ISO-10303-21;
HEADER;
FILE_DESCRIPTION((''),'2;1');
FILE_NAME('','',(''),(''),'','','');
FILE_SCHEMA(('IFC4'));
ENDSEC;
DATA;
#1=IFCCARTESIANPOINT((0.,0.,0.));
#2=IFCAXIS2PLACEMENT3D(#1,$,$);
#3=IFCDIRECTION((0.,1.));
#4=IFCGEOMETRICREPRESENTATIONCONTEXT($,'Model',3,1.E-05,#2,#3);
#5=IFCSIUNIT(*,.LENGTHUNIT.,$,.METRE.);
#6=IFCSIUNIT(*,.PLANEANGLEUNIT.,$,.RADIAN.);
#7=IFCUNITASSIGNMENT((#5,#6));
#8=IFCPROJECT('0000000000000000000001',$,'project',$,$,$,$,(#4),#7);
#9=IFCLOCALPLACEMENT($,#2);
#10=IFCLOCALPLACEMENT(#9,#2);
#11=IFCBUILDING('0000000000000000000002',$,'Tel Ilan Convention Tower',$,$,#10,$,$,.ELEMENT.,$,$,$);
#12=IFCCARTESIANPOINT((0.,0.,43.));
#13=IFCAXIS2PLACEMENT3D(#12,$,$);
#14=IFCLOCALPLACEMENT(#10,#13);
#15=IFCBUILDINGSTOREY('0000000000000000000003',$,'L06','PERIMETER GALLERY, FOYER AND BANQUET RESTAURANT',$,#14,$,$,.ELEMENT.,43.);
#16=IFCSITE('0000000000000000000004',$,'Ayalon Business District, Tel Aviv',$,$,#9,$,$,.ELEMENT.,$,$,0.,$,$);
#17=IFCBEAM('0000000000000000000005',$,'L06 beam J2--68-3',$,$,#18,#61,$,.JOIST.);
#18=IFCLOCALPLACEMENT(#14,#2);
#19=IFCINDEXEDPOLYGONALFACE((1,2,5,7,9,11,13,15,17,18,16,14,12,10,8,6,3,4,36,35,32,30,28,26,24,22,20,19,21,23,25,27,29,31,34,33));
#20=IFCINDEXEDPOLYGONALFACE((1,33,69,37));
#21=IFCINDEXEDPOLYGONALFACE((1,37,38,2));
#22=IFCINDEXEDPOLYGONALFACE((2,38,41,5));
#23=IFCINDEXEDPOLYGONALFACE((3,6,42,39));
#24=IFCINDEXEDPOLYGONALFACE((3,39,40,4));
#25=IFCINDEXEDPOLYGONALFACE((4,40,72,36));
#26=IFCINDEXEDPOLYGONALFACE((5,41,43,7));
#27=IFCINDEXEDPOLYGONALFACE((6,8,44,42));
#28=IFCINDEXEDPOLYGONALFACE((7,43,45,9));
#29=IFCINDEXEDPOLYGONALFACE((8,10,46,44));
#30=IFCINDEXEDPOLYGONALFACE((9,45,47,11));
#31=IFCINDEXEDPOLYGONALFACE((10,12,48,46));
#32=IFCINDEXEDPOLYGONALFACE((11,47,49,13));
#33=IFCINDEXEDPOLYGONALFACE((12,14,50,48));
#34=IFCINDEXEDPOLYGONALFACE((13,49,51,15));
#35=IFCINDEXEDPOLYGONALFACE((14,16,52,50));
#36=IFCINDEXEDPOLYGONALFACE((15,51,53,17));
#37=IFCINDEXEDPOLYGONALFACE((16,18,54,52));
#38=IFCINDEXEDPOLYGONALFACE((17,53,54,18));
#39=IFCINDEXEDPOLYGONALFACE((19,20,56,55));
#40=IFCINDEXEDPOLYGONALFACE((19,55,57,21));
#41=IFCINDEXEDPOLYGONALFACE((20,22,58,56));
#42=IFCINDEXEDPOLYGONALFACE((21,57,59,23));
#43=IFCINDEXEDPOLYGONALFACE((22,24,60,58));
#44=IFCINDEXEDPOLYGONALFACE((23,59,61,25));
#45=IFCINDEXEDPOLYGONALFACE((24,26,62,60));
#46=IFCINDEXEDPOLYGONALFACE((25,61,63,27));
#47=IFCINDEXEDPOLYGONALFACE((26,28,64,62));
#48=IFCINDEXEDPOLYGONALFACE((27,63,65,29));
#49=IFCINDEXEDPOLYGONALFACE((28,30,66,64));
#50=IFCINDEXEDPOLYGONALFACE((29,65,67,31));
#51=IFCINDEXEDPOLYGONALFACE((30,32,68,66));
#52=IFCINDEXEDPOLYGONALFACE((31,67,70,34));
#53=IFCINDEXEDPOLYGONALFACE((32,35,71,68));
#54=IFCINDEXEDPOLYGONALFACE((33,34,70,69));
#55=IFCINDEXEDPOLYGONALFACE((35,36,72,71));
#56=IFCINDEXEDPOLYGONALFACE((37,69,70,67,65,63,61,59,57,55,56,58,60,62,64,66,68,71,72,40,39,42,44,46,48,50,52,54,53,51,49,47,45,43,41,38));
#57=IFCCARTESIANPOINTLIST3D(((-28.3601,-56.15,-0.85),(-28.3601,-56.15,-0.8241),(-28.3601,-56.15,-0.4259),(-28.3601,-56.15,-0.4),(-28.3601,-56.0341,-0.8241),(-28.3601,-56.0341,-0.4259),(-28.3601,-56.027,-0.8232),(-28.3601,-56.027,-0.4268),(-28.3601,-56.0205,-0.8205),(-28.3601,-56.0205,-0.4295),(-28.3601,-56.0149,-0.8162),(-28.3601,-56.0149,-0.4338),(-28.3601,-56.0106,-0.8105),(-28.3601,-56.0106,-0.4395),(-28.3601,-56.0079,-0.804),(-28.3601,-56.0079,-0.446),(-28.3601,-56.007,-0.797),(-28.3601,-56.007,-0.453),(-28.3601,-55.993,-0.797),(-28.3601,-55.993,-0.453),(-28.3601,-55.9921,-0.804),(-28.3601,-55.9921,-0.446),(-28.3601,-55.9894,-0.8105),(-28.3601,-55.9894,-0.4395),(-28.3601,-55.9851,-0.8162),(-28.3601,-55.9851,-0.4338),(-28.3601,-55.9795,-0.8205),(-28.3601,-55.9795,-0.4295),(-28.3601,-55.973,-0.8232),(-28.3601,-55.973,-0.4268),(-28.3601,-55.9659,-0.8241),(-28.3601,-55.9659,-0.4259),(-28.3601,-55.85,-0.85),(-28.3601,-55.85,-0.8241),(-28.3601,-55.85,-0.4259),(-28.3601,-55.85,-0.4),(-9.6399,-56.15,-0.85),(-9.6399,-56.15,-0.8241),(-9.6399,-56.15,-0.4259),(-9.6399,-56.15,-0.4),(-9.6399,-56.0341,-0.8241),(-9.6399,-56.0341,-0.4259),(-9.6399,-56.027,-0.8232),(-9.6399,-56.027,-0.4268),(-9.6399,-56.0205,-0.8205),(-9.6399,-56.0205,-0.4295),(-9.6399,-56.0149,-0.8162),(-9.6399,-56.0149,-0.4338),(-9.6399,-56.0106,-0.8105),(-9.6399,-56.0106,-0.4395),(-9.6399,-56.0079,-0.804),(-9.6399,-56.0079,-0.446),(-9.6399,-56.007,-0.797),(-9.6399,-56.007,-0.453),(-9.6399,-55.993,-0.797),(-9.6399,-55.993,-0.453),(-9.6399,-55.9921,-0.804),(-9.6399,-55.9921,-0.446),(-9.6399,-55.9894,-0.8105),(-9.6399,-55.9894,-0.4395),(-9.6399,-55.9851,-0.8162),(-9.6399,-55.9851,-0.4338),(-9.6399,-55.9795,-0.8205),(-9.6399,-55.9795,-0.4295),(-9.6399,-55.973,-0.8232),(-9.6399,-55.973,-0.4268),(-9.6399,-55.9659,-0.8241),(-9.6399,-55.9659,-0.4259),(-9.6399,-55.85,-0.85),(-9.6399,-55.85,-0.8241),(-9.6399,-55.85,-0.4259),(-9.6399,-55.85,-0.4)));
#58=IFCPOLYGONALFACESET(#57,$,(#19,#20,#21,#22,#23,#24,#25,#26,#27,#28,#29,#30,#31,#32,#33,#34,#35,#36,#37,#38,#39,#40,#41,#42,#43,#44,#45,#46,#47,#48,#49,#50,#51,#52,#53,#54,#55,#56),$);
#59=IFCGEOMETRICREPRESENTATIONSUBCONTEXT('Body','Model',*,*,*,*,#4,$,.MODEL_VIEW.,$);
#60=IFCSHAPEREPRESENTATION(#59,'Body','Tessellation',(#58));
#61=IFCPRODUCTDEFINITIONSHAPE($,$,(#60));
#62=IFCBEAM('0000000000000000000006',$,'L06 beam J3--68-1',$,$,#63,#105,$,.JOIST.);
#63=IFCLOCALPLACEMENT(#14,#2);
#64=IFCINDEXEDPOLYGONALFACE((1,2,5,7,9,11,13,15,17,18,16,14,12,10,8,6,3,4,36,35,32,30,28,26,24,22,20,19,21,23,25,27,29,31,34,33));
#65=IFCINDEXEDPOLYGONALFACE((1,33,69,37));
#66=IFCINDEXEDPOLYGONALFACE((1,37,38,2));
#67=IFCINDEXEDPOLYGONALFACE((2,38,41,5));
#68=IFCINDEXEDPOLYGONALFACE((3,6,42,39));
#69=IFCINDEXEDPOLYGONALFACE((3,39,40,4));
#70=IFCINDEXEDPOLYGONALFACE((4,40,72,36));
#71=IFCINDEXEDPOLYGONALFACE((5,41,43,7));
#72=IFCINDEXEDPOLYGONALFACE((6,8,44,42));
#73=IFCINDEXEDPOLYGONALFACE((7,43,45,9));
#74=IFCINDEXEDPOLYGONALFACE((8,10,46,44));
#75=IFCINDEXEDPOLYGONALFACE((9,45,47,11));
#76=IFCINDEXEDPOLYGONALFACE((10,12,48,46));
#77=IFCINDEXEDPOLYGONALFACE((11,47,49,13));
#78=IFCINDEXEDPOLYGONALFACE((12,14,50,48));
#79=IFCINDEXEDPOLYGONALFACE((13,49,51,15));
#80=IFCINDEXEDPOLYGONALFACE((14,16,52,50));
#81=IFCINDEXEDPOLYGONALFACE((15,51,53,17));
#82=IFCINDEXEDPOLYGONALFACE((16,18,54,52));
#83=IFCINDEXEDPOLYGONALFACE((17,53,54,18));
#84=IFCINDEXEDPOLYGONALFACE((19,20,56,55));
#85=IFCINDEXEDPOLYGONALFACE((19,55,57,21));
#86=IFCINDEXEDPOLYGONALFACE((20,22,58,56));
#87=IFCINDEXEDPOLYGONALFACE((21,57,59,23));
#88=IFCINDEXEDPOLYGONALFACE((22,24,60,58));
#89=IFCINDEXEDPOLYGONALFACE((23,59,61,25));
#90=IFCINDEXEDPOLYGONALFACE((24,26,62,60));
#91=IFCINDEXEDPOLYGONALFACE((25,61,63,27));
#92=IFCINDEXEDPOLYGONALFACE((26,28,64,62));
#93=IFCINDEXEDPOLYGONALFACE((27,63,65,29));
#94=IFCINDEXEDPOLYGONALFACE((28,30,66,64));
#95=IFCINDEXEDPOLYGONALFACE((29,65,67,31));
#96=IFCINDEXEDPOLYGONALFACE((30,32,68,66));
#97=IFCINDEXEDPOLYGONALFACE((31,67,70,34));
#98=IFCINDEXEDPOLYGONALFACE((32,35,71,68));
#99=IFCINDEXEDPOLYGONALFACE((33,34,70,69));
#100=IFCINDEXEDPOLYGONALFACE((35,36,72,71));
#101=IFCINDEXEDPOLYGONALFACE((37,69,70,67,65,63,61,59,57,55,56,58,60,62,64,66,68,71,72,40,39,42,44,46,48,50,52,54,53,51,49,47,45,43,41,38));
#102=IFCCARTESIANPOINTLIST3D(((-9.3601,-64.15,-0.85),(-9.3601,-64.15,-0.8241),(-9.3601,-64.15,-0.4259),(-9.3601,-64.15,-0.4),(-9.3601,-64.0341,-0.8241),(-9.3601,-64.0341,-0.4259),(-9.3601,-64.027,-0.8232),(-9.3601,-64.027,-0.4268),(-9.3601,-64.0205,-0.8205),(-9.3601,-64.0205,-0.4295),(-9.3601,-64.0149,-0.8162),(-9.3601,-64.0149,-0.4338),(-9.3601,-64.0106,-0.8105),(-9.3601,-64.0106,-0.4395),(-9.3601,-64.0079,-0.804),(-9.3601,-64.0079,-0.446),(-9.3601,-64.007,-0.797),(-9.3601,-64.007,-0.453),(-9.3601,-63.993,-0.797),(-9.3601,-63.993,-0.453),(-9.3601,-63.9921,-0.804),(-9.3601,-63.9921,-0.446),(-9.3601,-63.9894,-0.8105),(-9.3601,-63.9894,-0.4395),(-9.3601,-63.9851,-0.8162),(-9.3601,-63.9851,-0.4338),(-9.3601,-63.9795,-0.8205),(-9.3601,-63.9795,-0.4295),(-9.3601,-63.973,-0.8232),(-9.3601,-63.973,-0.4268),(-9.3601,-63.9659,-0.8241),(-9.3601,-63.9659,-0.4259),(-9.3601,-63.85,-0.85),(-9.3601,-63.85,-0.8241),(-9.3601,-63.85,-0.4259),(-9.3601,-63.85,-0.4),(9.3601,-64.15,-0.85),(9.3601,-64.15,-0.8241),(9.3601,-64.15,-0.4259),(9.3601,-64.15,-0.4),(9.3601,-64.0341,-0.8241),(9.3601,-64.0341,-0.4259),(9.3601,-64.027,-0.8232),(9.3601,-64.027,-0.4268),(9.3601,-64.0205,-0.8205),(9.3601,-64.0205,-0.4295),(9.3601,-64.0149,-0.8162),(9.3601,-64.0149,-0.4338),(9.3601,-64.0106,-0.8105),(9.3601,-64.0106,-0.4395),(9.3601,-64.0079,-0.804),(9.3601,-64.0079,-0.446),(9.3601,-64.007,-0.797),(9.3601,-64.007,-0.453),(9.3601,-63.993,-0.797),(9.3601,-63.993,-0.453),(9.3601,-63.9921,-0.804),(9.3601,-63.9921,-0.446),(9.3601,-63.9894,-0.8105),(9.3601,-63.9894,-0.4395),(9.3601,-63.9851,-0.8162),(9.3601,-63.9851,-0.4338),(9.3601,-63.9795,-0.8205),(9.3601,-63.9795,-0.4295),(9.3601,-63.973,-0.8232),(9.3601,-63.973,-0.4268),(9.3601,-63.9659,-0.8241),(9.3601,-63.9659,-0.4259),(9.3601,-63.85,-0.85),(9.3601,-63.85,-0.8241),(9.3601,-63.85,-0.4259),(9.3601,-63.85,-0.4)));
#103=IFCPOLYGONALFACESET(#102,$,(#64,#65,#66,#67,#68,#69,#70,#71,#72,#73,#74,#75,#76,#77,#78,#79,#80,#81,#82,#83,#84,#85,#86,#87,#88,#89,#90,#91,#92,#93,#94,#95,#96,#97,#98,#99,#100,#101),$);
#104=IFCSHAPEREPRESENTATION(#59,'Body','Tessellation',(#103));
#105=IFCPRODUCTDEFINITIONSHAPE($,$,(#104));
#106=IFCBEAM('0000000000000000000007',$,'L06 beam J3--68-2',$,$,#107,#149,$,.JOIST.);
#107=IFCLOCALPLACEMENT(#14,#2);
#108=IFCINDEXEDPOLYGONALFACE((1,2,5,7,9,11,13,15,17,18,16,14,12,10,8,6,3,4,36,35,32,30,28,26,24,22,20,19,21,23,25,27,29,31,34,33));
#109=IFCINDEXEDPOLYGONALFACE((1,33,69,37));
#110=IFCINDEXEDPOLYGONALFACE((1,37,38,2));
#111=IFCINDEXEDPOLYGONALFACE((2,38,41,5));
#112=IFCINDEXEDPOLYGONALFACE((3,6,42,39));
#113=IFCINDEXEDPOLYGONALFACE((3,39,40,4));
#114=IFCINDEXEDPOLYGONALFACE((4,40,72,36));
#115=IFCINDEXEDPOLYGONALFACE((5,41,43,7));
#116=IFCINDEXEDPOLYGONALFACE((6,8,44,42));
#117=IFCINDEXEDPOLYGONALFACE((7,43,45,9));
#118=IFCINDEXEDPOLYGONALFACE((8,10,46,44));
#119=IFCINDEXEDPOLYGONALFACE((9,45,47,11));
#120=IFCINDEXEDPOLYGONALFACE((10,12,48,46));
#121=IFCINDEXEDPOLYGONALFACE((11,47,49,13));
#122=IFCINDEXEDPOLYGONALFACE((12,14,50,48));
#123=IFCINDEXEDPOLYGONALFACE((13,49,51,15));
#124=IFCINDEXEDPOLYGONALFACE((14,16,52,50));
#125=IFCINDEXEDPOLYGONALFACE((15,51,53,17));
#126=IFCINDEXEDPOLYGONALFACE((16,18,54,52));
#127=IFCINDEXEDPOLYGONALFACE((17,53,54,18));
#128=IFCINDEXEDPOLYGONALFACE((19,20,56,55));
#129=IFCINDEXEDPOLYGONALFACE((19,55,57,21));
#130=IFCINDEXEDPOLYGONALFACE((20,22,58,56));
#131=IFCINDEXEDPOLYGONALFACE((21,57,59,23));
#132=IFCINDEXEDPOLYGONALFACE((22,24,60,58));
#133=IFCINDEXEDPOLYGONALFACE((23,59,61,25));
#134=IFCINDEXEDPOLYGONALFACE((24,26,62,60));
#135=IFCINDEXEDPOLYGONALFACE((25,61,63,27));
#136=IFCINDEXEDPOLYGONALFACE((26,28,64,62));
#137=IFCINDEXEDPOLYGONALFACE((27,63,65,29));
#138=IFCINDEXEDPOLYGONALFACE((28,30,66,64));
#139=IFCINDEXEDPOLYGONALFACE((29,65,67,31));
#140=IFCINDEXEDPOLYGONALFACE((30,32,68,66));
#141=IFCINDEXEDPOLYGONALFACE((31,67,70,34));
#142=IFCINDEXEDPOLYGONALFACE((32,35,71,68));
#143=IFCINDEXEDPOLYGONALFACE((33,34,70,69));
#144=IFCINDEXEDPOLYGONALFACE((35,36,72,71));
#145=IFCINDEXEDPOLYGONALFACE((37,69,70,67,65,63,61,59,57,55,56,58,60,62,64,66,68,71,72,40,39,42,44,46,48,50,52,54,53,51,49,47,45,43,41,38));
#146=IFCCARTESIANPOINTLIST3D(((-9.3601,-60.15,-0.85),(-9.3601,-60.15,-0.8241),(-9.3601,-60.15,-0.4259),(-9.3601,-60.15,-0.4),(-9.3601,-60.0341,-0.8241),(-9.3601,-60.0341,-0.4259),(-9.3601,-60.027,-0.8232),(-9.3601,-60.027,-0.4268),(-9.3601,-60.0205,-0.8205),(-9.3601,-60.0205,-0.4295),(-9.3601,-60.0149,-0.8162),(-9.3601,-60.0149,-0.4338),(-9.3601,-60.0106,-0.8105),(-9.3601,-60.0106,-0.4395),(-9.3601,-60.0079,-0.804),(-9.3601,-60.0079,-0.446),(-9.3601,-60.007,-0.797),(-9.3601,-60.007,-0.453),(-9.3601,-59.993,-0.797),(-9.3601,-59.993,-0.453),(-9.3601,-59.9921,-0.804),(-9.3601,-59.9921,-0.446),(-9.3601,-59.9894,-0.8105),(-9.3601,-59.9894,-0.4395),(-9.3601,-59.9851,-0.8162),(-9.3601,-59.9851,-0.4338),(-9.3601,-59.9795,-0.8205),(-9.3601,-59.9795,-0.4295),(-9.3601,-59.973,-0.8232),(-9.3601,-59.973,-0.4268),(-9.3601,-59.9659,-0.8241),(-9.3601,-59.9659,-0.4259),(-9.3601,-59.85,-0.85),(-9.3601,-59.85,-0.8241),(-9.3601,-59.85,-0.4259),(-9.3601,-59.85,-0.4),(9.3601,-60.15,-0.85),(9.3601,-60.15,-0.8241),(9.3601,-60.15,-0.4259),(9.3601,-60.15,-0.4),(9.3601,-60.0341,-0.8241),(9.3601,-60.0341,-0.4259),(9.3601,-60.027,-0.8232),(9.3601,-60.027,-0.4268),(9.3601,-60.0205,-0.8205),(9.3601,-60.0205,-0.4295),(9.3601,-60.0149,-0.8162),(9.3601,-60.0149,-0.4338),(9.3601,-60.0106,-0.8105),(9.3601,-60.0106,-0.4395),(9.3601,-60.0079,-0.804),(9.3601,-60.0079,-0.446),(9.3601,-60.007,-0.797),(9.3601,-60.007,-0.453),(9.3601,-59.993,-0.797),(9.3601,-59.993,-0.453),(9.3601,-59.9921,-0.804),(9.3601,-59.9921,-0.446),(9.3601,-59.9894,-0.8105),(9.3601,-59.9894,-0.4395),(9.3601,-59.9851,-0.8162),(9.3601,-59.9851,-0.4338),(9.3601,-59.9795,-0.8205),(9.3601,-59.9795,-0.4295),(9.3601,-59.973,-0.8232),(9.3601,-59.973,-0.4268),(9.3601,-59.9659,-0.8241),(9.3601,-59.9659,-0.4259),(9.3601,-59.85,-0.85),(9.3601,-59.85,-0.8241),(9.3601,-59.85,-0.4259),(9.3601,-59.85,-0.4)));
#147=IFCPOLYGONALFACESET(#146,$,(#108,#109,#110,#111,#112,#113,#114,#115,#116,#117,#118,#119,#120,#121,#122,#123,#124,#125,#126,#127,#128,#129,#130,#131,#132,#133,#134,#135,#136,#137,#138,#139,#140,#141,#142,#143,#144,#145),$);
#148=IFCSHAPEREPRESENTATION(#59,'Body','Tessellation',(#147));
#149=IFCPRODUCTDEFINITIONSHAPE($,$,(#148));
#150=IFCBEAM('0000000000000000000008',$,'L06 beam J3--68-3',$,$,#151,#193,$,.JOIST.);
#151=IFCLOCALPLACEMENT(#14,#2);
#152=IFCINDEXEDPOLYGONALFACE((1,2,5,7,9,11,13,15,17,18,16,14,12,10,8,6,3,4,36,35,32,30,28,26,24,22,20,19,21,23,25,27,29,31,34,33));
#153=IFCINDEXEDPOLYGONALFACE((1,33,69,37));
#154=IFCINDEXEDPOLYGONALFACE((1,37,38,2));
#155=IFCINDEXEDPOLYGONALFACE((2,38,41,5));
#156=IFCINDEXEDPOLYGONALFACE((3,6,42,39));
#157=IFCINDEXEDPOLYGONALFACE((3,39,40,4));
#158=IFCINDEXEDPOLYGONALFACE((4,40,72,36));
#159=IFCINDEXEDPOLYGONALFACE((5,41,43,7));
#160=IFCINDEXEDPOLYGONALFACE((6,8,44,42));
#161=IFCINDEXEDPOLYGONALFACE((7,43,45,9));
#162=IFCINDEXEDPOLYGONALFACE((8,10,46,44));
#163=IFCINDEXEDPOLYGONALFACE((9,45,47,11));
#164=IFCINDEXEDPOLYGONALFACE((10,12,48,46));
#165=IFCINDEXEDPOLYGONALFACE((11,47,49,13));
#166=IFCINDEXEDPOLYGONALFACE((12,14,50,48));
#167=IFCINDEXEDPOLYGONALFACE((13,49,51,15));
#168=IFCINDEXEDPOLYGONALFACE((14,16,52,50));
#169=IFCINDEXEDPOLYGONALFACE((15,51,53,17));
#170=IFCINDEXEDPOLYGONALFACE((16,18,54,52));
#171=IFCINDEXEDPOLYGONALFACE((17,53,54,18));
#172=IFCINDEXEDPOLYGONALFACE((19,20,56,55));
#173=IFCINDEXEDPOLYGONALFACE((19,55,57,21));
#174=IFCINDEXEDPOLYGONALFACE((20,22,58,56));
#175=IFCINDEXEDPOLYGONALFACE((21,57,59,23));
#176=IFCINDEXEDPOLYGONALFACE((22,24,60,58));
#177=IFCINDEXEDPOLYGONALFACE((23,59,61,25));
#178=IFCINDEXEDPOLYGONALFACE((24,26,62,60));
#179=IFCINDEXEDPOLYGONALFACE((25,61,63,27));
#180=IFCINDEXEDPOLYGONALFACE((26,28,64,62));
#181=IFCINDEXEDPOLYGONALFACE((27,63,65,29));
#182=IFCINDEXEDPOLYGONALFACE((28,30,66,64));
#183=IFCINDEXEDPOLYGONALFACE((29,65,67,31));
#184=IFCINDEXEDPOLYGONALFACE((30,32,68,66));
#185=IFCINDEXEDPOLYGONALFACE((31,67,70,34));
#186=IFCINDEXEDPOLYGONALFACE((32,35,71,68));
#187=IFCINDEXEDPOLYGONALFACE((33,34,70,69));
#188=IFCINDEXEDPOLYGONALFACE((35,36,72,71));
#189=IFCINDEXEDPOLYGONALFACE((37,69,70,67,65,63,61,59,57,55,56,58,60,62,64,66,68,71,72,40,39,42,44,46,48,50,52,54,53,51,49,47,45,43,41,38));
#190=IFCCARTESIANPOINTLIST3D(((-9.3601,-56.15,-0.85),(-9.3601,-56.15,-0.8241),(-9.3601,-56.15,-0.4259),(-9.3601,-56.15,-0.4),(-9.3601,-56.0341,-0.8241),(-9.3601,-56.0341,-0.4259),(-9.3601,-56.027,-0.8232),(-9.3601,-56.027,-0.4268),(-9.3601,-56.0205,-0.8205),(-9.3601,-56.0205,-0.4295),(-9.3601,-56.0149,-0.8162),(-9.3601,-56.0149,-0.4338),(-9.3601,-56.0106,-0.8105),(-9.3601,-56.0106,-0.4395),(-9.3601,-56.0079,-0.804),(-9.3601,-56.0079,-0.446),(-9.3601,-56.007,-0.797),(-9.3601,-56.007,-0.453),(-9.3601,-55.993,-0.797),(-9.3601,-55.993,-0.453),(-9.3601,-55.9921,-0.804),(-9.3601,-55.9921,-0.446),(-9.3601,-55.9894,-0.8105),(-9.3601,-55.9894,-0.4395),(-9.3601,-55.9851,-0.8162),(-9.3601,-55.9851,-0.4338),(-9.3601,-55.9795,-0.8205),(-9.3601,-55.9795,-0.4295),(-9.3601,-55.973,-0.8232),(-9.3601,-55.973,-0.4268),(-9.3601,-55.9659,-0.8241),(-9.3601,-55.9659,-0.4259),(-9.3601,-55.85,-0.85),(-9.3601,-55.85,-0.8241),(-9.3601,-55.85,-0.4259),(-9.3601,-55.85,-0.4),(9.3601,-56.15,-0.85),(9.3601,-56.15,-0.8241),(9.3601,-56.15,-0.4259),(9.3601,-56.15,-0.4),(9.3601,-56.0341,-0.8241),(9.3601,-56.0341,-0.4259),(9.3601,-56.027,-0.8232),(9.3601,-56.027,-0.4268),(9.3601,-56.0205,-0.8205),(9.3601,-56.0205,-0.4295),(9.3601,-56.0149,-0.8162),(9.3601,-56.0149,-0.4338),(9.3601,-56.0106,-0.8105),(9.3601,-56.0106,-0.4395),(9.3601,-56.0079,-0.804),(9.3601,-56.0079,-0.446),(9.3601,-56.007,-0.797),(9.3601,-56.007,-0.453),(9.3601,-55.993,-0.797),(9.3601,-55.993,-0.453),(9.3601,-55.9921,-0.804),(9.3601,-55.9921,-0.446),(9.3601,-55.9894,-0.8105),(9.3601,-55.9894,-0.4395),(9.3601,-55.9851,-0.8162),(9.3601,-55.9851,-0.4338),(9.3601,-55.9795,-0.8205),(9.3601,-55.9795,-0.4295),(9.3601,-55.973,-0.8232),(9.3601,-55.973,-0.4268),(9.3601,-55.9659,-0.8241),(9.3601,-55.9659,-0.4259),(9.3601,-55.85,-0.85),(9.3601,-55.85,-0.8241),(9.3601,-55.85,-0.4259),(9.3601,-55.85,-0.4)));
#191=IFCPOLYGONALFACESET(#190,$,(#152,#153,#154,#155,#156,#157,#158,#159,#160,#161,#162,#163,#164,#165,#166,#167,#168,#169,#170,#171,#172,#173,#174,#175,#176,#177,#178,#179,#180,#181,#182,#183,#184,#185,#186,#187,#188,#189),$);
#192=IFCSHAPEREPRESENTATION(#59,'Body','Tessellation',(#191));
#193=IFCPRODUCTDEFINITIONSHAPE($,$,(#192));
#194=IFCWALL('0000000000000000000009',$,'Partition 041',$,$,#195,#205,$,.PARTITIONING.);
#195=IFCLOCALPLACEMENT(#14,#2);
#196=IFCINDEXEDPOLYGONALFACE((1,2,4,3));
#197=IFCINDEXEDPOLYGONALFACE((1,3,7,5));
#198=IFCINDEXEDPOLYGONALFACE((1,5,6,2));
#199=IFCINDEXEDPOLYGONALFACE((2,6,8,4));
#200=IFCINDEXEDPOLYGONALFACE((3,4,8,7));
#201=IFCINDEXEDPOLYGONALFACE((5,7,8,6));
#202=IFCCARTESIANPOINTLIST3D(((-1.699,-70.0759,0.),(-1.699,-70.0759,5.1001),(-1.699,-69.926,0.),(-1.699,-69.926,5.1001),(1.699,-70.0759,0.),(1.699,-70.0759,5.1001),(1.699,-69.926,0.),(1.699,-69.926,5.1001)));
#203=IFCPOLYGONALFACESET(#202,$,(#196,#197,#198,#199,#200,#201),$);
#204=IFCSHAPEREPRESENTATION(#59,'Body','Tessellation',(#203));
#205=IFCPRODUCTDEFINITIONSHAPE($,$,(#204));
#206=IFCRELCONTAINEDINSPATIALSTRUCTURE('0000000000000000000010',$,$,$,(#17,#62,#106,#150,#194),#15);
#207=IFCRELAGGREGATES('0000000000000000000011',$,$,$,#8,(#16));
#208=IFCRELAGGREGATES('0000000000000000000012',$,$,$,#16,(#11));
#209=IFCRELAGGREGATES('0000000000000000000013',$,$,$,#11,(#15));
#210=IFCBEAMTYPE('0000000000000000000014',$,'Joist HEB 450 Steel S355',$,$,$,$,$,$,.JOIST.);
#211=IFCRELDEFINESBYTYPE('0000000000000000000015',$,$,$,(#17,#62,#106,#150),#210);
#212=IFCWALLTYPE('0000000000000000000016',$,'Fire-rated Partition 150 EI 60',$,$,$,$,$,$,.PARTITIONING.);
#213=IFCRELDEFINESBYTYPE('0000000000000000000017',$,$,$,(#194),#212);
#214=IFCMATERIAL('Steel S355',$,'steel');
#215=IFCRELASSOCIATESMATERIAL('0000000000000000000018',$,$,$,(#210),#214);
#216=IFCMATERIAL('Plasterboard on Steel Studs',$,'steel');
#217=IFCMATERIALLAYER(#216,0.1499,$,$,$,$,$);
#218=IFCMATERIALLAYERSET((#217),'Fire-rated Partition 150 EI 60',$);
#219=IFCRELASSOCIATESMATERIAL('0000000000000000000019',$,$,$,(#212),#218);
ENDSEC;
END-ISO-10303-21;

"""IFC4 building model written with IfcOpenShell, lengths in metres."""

from ifc_helpers import new_model, si_unit, direction, frame, frame_2d, origin, origin_2d, place, context, subcontext, project, spatial, rectangle, i_section, extrude, material, layer, layer_set, material_profile, profile_set, type_object, element, save


model = new_model("IFC4")

# Units and contexts
model_context = context("Model", 3, precision=1e-05, world=origin(), true_north=direction((0.0, 1.0)))
body_context = subcontext(model_context, "Body", "Model", "MODEL_VIEW")
ifc_project = project(units=[si_unit("LENGTHUNIT", "METRE"), si_unit("PLANEANGLEUNIT", "RADIAN")], contexts=[model_context])

# Site, building, storey
site_placement = place(None, origin())
site = spatial("IfcSite", under=ifc_project, at=site_placement, Name="Ayalon Business District, Tel Aviv", CompositionType="ELEMENT", RefElevation=0.0)
building_placement = place(site_placement, origin())
building = spatial("IfcBuilding", under=site, at=building_placement, Name="Tel Ilan Convention Tower", CompositionType="ELEMENT")
storey_placement = place(building_placement, frame((0.0, 0.0, 43.0)))
storey = spatial("IfcBuildingStorey", under=building, at=storey_placement, Name="L06", Description="PERIMETER GALLERY, FOYER AND BANQUET RESTAURANT", CompositionType="ELEMENT", Elevation=43.0)

# Beams
ifc_material_1 = material(Name="Steel S355", Category="steel")
ifc_material_profile_1 = material_profile(ifc_material_1, i_section(OverallWidth=0.3, OverallDepth=0.45, WebThickness=0.0139, FlangeThickness=0.0259, FilletRadius=0.0271, at=origin_2d()), Name="HEB 450")
ifc_profile_set_1 = profile_set([ifc_material_profile_1], Name="Steel S355")
beam_type_1 = type_object("IfcBeamType", Name="Joist HEB 450 Steel S355", PredefinedType="JOIST", material=ifc_profile_set_1)
for number, where, z_axis, x_axis, name in (
    (1, (-28.3601, -56.0, -0.625), (1.0, 0.0, 0.0), (0.0, 1.0, 0.0), "L06 beam J2--68-3"),
    (2, (-9.3601, -64.0, -0.625), (1.0, 0.0, 0.0), (0.0, 1.0, 0.0), "L06 beam J3--68-1"),
    (3, (-9.3601, -60.0, -0.625), (1.0, 0.0, 0.0), (0.0, 1.0, 0.0), "L06 beam J3--68-2"),
    (4, (-9.3601, -56.0, -0.625), (1.0, 0.0, 0.0), (0.0, 1.0, 0.0), "L06 beam J3--68-3"),
):
    element("IfcBeam", number, at=place(storey_placement, frame(where, z_axis=z_axis, x_axis=x_axis)), inside=storey, type_object=beam_type_1, Name=name, PredefinedType="JOIST", context=body_context, shape_type="SweptSolid", body=[
        extrude(i_section(OverallWidth=0.3, OverallDepth=0.45, WebThickness=0.0139, FlangeThickness=0.0259, FilletRadius=0.0271, at=origin_2d()), origin(), (0.0, 0.0, 1.0), 18.7202),
    ])

# Wall
ifc_material_2 = material(Name="Plasterboard on Steel Studs", Category="steel")
ifc_layer_1 = layer(ifc_material_2, 0.1499)
ifc_layer_set_1 = layer_set([ifc_layer_1], Name="Fire-rated Partition 150 EI 60")
wall_type_1 = type_object("IfcWallType", Name="Fire-rated Partition 150 EI 60", PredefinedType="PARTITIONING", material=ifc_layer_set_1)
wall_1_placement = place(storey_placement, frame((-1.699, -70.001, 0.0), z_axis=(0.0, 0.0, 1.0), x_axis=(1.0, 0.0, 0.0)))
element("IfcWall", 5, at=wall_1_placement, inside=storey, type_object=wall_type_1, Name="Partition 041", PredefinedType="PARTITIONING", context=body_context, shape_type="SweptSolid", body=[
    extrude(rectangle(XDim=3.3979, YDim=0.1499, at=frame_2d((1.699, 0.0))), origin(), (0.0, 0.0, 1.0), 5.1001),
])

save(model, "model.ifc")
